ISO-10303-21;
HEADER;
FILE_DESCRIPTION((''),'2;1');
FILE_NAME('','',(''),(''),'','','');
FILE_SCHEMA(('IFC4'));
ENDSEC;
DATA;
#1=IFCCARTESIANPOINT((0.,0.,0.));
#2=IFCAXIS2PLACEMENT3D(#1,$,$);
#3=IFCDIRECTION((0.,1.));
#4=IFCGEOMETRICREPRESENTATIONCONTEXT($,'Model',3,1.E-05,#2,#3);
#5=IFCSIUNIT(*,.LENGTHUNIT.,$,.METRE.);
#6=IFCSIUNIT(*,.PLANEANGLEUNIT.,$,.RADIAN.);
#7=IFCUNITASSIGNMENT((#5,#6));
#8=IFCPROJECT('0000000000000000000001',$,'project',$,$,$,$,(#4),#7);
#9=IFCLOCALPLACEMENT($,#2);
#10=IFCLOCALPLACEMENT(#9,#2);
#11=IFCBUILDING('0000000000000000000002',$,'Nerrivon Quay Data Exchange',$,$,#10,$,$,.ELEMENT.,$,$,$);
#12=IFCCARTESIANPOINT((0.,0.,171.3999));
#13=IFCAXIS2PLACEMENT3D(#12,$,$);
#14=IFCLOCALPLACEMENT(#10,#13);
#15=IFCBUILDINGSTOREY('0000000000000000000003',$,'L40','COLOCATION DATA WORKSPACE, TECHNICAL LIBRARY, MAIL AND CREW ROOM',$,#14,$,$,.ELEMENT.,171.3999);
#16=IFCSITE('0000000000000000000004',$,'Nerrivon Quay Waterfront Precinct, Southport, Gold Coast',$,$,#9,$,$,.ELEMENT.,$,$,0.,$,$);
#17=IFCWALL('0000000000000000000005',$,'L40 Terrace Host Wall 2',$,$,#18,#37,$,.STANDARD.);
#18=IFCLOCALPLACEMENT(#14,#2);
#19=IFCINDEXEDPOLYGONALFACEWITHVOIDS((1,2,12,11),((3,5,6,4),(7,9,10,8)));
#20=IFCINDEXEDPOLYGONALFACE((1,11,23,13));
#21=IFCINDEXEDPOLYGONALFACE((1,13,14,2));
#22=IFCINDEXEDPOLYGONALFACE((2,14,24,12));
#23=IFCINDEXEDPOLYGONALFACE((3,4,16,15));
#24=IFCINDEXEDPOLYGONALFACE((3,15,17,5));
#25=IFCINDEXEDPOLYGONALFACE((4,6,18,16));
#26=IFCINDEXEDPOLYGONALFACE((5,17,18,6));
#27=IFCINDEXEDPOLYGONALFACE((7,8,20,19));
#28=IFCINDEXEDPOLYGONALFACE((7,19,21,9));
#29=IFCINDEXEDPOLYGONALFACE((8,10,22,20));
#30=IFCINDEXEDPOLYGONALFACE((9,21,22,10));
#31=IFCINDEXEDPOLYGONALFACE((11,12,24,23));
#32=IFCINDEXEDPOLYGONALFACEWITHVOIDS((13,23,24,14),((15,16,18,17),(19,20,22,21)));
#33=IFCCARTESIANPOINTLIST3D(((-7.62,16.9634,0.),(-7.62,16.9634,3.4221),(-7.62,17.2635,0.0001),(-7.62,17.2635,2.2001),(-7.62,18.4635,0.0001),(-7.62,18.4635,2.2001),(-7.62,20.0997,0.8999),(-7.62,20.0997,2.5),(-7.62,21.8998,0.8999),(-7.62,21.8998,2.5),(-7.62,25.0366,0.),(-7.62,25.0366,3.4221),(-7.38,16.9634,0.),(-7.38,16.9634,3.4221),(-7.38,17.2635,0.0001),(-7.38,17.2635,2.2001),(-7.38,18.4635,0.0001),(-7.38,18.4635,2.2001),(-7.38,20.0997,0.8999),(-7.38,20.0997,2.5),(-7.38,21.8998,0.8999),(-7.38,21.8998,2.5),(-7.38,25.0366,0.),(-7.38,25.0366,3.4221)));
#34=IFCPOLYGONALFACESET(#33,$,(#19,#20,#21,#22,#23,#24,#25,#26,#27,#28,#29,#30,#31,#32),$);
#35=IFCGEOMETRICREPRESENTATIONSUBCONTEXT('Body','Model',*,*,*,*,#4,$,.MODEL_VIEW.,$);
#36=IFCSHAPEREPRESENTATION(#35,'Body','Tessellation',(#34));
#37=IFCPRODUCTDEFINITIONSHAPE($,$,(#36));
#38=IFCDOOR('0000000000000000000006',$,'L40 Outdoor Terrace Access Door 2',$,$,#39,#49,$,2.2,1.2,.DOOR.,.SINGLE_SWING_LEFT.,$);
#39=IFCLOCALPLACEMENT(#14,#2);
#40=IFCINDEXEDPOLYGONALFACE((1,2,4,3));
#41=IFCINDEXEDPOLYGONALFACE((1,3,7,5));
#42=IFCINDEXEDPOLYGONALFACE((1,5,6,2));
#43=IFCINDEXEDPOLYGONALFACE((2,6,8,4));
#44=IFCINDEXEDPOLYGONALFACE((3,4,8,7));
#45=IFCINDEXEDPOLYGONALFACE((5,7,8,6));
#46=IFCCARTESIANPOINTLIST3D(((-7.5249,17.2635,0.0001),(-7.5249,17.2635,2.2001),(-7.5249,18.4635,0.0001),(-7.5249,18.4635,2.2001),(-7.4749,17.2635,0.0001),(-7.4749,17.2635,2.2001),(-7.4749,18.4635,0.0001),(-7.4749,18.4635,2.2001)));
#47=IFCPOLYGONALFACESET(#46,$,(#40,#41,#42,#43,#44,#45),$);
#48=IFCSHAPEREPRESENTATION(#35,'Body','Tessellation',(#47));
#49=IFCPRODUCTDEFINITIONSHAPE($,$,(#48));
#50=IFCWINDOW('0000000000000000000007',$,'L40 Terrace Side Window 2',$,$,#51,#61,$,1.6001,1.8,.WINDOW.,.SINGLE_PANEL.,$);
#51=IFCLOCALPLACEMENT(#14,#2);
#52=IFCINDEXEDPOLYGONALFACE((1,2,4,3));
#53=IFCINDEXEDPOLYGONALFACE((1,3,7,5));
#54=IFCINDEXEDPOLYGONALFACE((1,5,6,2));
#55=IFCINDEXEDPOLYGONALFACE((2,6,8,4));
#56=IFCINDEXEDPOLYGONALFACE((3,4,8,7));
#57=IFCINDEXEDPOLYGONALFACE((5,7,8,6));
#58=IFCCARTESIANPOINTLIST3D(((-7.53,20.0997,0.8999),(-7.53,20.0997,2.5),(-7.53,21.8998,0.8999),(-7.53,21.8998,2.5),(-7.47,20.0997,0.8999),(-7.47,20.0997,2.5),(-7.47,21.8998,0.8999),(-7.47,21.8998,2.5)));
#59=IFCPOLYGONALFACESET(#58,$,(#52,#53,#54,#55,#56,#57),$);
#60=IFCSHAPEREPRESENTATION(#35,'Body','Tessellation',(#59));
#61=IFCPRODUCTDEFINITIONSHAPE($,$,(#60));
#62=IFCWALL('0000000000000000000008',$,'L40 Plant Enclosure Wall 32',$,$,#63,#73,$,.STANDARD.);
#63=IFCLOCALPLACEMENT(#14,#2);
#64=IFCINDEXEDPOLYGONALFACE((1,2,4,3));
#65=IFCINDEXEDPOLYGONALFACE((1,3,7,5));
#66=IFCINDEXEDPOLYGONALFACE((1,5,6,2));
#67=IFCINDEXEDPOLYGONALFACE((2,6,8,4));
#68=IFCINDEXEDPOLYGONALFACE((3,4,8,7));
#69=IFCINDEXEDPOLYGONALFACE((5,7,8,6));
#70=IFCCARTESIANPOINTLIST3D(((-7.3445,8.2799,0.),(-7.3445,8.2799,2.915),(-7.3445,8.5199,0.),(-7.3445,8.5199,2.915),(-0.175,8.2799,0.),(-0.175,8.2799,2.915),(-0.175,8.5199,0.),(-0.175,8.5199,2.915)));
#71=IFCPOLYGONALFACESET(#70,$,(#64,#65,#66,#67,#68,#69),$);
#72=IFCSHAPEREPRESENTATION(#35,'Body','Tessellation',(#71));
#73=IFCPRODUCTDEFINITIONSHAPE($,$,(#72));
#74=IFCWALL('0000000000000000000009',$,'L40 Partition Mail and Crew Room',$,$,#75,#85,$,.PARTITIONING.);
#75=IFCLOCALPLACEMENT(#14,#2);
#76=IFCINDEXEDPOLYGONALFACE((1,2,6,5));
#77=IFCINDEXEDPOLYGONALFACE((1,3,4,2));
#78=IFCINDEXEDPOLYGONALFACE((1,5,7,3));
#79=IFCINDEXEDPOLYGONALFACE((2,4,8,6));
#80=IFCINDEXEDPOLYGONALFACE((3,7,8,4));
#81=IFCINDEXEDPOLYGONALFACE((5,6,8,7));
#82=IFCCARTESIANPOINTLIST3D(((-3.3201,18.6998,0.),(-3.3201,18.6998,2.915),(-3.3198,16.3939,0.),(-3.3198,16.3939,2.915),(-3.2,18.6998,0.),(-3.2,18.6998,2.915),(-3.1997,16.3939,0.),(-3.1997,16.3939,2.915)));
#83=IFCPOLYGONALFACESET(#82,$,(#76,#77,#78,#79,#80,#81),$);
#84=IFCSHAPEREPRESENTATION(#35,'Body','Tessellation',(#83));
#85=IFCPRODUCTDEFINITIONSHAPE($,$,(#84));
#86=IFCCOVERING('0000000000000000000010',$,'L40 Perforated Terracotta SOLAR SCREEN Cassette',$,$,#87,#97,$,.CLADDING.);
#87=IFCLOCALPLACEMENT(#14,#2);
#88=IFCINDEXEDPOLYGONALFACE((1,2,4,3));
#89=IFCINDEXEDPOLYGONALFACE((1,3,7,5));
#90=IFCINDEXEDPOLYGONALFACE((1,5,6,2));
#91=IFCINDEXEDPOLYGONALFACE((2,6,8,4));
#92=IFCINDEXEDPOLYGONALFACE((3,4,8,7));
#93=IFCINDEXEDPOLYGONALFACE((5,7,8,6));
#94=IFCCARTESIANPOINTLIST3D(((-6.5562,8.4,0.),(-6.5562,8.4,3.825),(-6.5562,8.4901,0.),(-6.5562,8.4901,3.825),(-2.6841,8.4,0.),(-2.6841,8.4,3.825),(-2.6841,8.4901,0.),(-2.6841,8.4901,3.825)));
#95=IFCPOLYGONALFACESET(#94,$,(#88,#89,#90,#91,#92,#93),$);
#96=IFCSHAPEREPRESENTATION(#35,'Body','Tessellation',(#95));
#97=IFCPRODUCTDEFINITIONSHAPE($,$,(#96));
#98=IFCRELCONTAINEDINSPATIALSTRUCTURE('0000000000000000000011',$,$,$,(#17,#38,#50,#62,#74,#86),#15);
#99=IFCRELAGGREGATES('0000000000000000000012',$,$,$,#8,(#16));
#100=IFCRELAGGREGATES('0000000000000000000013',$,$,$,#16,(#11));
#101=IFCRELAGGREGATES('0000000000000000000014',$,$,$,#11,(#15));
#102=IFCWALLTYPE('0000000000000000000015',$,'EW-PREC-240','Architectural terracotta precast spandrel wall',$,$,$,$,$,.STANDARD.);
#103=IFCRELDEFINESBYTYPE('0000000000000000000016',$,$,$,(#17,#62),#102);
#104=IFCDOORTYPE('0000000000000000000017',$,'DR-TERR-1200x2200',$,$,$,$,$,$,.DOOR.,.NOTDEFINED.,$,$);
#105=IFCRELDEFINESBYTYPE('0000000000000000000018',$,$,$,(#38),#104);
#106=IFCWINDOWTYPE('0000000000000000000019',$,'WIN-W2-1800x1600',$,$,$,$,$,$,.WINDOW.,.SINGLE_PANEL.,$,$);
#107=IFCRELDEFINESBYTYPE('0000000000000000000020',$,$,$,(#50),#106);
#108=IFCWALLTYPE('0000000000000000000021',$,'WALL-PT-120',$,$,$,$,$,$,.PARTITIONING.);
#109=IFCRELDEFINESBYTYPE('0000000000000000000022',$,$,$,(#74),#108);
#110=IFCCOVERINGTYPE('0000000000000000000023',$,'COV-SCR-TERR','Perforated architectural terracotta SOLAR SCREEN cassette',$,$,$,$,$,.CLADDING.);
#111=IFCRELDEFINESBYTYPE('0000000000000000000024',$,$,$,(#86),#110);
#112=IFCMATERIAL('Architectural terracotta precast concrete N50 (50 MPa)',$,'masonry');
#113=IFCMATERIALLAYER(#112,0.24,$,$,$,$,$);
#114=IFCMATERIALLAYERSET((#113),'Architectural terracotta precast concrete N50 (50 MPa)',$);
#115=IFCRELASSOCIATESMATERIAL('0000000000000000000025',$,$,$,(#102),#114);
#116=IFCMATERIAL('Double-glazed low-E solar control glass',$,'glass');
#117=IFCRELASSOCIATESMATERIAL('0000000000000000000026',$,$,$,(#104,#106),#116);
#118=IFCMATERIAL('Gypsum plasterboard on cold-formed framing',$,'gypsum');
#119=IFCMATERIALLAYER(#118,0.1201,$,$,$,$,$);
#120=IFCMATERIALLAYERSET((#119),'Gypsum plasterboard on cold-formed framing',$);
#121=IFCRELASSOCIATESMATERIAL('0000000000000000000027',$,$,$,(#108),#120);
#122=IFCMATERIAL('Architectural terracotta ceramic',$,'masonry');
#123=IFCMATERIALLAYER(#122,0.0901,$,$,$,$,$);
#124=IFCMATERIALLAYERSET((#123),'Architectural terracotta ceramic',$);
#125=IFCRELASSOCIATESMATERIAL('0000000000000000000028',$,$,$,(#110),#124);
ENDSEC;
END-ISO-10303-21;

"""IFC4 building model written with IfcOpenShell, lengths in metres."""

from ifc_helpers import new_model, si_unit, direction, frame, frame_2d, origin, origin_2d, place, context, subcontext, project, spatial, rectangle, extrude, material, layer, layer_set, type_object, element, fill, save


model = new_model("IFC4")

# Units and contexts
model_context = context("Model", 3, precision=1e-05, world=origin(), true_north=direction((0.0, 1.0)))
body_context = subcontext(model_context, "Body", "Model", "MODEL_VIEW")
ifc_project = project(units=[si_unit("LENGTHUNIT", "METRE"), si_unit("PLANEANGLEUNIT", "RADIAN")], contexts=[model_context])

# Site, building, storey
site_placement = place(None, origin())
site = spatial("IfcSite", under=ifc_project, at=site_placement, Name="Nerrivon Quay Waterfront Precinct, Southport, Gold Coast", CompositionType="ELEMENT", RefElevation=0.0)
building_placement = place(site_placement, origin())
building = spatial("IfcBuilding", under=site, at=building_placement, Name="Nerrivon Quay Data Exchange", CompositionType="ELEMENT")
storey_placement = place(building_placement, frame((0.0, 0.0, 171.3999)))
storey = spatial("IfcBuildingStorey", under=building, at=storey_placement, Name="L40", Description="COLOCATION DATA WORKSPACE, TECHNICAL LIBRARY, MAIL AND CREW ROOM", CompositionType="ELEMENT", Elevation=171.3999)

# Wall, openings, door, window
ifc_material_1 = material(Name="Architectural terracotta precast concrete N50 (50 MPa)", Category="masonry")
ifc_layer_1 = layer(ifc_material_1, 0.24)
ifc_layer_set_1 = layer_set([ifc_layer_1], Name="Architectural terracotta precast concrete N50 (50 MPa)")
wall_type_1 = type_object("IfcWallType", Name="EW-PREC-240", Description="Architectural terracotta precast spandrel wall", PredefinedType="STANDARD", material=ifc_layer_set_1)
ifc_material_2 = material(Name="Double-glazed low-E solar control glass", Category="glass")
door_type = type_object("IfcDoorType", Name="DR-TERR-1200x2200", OperationType="NOTDEFINED", PredefinedType="DOOR", material=ifc_material_2)
wall_1_placement = place(storey_placement, frame((-7.5, 16.9634, 0.0), z_axis=(0.0, 0.0, 1.0), x_axis=(0.0, 1.0, 0.0)))
wall_1 = element("IfcWall", 1, at=wall_1_placement, inside=storey, type_object=wall_type_1, Name="L40 Terrace Host Wall 2", PredefinedType="STANDARD", context=body_context, shape_type="SweptSolid", body=[
    extrude(rectangle(XDim=8.0732, YDim=0.24, at=frame_2d((4.0366, 0.0))), origin(), (0.0, 0.0, 1.0), 3.4221),
])
opening_1_placement = place(wall_1_placement, frame((0.3, 0.0, 0.0)))
opening_1 = element("IfcOpeningElement", 2, at=opening_1_placement, cuts=wall_1, PredefinedType="OPENING", context=body_context, shape_type="SweptSolid", body=[
    extrude(rectangle(XDim=1.2, YDim=2.2, at=frame_2d((0.6001, 1.1001))), frame((0.0, 0.1299, 0.0), z_axis=(0.0, -1.0, 0.0), x_axis=(1.0, 0.0, 0.0)), (0.0, 0.0, 1.0), 0.26),
])
opening_2_placement = place(wall_1_placement, frame((3.1365, 0.0, 0.8999)))
opening_2 = element("IfcOpeningElement", 3, at=opening_2_placement, cuts=wall_1, PredefinedType="OPENING", context=body_context, shape_type="SweptSolid", body=[
    extrude(rectangle(XDim=1.8, YDim=1.6001, at=frame_2d((0.8999, 0.8))), frame((0.0, 0.1299, 0.0), z_axis=(0.0, -1.0, 0.0), x_axis=(1.0, 0.0, 0.0)), (0.0, 0.0, 1.0), 0.26),
])
door_1_placement = place(opening_1_placement, origin())
door_1 = element("IfcDoor", 4, at=door_1_placement, inside=storey, type_object=door_type, Name="L40 Outdoor Terrace Access Door 2", OperationType="SINGLE_SWING_LEFT", OverallHeight=2.2, OverallWidth=1.2, PredefinedType="DOOR", context=body_context, shape_type="SweptSolid", body=[
    extrude(rectangle(XDim=1.2, YDim=2.2, at=frame_2d((0.6001, 1.1001))), frame((0.0, 0.0249, 0.0), z_axis=(0.0, -1.0, 0.0), x_axis=(1.0, 0.0, 0.0)), (0.0, 0.0, 1.0), 0.05),
])
fill(opening_1, door_1)
window_type_1 = type_object("IfcWindowType", Name="WIN-W2-1800x1600", PartitioningType="SINGLE_PANEL", PredefinedType="WINDOW", material=ifc_material_2)
window_1_placement = place(opening_2_placement, origin())
window_1 = element("IfcWindow", 5, at=window_1_placement, inside=storey, type_object=window_type_1, Name="L40 Terrace Side Window 2", OverallHeight=1.6001, OverallWidth=1.8, PartitioningType="SINGLE_PANEL", PredefinedType="WINDOW", context=body_context, shape_type="SweptSolid", body=[
    extrude(rectangle(XDim=1.8, YDim=1.6001, at=frame_2d((0.8999, 0.8))), frame((0.0, 0.03, 0.0), z_axis=(0.0, -1.0, 0.0), x_axis=(1.0, 0.0, 0.0)), (0.0, 0.0, 1.0), 0.0601),
])
fill(opening_2, window_1)

# Walls
wall_2_placement = place(storey_placement, frame((-0.175, 8.3999, 0.0), z_axis=(0.0, 0.0, 1.0), x_axis=(-1.0, 0.0, 0.0)))
element("IfcWall", 6, at=wall_2_placement, inside=storey, type_object=wall_type_1, Name="L40 Plant Enclosure Wall 32", PredefinedType="STANDARD", context=body_context, shape_type="SweptSolid", body=[
    extrude(rectangle(XDim=7.1694, YDim=0.24, at=frame_2d((3.5847, 0.0))), origin(), (0.0, 0.0, 1.0), 2.915),
])
ifc_material_3 = material(Name="Gypsum plasterboard on cold-formed framing", Category="gypsum")
ifc_layer_2 = layer(ifc_material_3, 0.1201)
ifc_layer_set_2 = layer_set([ifc_layer_2], Name="Gypsum plasterboard on cold-formed framing")
wall_type_2 = type_object("IfcWallType", Name="WALL-PT-120", PredefinedType="PARTITIONING", material=ifc_layer_set_2)
wall_3_placement = place(storey_placement, frame((-3.2598, 16.394, 0.0), z_axis=(0.0, 0.0, 1.0), x_axis=(-0.000106, 1.0, 0.0)))
element("IfcWall", 7, at=wall_3_placement, inside=storey, type_object=wall_type_2, Name="L40 Partition Mail and Crew Room", PredefinedType="PARTITIONING", context=body_context, shape_type="SweptSolid", body=[
    extrude(rectangle(XDim=2.3059, YDim=0.1201, at=frame_2d((1.1528, 0.0))), origin(), (0.0, 0.0, 1.0), 2.915),
])

# Covering
ifc_material_4 = material(Name="Architectural terracotta ceramic", Category="masonry")
ifc_layer_3 = layer(ifc_material_4, 0.0901)
ifc_layer_set_3 = layer_set([ifc_layer_3], Name="Architectural terracotta ceramic")
covering_type = type_object("IfcCoveringType", Name="COV-SCR-TERR", Description="Perforated architectural terracotta SOLAR SCREEN cassette", PredefinedType="CLADDING", material=ifc_layer_set_3)
covering_placement = place(storey_placement, frame((-4.6201, 8.4451, 0.0), z_axis=(0.0, 0.0, 1.0), x_axis=(-1.0, 0.0, 0.0)))
element("IfcCovering", 8, at=covering_placement, inside=storey, type_object=covering_type, Name="L40 Perforated Terracotta SOLAR SCREEN Cassette", PredefinedType="CLADDING", context=body_context, shape_type="SweptSolid", body=[
    extrude(rectangle(XDim=3.8721, YDim=0.0901, at=origin_2d()), origin(), (0.0, 0.0, 1.0), 3.825),
])

save(model, "model.ifc")
